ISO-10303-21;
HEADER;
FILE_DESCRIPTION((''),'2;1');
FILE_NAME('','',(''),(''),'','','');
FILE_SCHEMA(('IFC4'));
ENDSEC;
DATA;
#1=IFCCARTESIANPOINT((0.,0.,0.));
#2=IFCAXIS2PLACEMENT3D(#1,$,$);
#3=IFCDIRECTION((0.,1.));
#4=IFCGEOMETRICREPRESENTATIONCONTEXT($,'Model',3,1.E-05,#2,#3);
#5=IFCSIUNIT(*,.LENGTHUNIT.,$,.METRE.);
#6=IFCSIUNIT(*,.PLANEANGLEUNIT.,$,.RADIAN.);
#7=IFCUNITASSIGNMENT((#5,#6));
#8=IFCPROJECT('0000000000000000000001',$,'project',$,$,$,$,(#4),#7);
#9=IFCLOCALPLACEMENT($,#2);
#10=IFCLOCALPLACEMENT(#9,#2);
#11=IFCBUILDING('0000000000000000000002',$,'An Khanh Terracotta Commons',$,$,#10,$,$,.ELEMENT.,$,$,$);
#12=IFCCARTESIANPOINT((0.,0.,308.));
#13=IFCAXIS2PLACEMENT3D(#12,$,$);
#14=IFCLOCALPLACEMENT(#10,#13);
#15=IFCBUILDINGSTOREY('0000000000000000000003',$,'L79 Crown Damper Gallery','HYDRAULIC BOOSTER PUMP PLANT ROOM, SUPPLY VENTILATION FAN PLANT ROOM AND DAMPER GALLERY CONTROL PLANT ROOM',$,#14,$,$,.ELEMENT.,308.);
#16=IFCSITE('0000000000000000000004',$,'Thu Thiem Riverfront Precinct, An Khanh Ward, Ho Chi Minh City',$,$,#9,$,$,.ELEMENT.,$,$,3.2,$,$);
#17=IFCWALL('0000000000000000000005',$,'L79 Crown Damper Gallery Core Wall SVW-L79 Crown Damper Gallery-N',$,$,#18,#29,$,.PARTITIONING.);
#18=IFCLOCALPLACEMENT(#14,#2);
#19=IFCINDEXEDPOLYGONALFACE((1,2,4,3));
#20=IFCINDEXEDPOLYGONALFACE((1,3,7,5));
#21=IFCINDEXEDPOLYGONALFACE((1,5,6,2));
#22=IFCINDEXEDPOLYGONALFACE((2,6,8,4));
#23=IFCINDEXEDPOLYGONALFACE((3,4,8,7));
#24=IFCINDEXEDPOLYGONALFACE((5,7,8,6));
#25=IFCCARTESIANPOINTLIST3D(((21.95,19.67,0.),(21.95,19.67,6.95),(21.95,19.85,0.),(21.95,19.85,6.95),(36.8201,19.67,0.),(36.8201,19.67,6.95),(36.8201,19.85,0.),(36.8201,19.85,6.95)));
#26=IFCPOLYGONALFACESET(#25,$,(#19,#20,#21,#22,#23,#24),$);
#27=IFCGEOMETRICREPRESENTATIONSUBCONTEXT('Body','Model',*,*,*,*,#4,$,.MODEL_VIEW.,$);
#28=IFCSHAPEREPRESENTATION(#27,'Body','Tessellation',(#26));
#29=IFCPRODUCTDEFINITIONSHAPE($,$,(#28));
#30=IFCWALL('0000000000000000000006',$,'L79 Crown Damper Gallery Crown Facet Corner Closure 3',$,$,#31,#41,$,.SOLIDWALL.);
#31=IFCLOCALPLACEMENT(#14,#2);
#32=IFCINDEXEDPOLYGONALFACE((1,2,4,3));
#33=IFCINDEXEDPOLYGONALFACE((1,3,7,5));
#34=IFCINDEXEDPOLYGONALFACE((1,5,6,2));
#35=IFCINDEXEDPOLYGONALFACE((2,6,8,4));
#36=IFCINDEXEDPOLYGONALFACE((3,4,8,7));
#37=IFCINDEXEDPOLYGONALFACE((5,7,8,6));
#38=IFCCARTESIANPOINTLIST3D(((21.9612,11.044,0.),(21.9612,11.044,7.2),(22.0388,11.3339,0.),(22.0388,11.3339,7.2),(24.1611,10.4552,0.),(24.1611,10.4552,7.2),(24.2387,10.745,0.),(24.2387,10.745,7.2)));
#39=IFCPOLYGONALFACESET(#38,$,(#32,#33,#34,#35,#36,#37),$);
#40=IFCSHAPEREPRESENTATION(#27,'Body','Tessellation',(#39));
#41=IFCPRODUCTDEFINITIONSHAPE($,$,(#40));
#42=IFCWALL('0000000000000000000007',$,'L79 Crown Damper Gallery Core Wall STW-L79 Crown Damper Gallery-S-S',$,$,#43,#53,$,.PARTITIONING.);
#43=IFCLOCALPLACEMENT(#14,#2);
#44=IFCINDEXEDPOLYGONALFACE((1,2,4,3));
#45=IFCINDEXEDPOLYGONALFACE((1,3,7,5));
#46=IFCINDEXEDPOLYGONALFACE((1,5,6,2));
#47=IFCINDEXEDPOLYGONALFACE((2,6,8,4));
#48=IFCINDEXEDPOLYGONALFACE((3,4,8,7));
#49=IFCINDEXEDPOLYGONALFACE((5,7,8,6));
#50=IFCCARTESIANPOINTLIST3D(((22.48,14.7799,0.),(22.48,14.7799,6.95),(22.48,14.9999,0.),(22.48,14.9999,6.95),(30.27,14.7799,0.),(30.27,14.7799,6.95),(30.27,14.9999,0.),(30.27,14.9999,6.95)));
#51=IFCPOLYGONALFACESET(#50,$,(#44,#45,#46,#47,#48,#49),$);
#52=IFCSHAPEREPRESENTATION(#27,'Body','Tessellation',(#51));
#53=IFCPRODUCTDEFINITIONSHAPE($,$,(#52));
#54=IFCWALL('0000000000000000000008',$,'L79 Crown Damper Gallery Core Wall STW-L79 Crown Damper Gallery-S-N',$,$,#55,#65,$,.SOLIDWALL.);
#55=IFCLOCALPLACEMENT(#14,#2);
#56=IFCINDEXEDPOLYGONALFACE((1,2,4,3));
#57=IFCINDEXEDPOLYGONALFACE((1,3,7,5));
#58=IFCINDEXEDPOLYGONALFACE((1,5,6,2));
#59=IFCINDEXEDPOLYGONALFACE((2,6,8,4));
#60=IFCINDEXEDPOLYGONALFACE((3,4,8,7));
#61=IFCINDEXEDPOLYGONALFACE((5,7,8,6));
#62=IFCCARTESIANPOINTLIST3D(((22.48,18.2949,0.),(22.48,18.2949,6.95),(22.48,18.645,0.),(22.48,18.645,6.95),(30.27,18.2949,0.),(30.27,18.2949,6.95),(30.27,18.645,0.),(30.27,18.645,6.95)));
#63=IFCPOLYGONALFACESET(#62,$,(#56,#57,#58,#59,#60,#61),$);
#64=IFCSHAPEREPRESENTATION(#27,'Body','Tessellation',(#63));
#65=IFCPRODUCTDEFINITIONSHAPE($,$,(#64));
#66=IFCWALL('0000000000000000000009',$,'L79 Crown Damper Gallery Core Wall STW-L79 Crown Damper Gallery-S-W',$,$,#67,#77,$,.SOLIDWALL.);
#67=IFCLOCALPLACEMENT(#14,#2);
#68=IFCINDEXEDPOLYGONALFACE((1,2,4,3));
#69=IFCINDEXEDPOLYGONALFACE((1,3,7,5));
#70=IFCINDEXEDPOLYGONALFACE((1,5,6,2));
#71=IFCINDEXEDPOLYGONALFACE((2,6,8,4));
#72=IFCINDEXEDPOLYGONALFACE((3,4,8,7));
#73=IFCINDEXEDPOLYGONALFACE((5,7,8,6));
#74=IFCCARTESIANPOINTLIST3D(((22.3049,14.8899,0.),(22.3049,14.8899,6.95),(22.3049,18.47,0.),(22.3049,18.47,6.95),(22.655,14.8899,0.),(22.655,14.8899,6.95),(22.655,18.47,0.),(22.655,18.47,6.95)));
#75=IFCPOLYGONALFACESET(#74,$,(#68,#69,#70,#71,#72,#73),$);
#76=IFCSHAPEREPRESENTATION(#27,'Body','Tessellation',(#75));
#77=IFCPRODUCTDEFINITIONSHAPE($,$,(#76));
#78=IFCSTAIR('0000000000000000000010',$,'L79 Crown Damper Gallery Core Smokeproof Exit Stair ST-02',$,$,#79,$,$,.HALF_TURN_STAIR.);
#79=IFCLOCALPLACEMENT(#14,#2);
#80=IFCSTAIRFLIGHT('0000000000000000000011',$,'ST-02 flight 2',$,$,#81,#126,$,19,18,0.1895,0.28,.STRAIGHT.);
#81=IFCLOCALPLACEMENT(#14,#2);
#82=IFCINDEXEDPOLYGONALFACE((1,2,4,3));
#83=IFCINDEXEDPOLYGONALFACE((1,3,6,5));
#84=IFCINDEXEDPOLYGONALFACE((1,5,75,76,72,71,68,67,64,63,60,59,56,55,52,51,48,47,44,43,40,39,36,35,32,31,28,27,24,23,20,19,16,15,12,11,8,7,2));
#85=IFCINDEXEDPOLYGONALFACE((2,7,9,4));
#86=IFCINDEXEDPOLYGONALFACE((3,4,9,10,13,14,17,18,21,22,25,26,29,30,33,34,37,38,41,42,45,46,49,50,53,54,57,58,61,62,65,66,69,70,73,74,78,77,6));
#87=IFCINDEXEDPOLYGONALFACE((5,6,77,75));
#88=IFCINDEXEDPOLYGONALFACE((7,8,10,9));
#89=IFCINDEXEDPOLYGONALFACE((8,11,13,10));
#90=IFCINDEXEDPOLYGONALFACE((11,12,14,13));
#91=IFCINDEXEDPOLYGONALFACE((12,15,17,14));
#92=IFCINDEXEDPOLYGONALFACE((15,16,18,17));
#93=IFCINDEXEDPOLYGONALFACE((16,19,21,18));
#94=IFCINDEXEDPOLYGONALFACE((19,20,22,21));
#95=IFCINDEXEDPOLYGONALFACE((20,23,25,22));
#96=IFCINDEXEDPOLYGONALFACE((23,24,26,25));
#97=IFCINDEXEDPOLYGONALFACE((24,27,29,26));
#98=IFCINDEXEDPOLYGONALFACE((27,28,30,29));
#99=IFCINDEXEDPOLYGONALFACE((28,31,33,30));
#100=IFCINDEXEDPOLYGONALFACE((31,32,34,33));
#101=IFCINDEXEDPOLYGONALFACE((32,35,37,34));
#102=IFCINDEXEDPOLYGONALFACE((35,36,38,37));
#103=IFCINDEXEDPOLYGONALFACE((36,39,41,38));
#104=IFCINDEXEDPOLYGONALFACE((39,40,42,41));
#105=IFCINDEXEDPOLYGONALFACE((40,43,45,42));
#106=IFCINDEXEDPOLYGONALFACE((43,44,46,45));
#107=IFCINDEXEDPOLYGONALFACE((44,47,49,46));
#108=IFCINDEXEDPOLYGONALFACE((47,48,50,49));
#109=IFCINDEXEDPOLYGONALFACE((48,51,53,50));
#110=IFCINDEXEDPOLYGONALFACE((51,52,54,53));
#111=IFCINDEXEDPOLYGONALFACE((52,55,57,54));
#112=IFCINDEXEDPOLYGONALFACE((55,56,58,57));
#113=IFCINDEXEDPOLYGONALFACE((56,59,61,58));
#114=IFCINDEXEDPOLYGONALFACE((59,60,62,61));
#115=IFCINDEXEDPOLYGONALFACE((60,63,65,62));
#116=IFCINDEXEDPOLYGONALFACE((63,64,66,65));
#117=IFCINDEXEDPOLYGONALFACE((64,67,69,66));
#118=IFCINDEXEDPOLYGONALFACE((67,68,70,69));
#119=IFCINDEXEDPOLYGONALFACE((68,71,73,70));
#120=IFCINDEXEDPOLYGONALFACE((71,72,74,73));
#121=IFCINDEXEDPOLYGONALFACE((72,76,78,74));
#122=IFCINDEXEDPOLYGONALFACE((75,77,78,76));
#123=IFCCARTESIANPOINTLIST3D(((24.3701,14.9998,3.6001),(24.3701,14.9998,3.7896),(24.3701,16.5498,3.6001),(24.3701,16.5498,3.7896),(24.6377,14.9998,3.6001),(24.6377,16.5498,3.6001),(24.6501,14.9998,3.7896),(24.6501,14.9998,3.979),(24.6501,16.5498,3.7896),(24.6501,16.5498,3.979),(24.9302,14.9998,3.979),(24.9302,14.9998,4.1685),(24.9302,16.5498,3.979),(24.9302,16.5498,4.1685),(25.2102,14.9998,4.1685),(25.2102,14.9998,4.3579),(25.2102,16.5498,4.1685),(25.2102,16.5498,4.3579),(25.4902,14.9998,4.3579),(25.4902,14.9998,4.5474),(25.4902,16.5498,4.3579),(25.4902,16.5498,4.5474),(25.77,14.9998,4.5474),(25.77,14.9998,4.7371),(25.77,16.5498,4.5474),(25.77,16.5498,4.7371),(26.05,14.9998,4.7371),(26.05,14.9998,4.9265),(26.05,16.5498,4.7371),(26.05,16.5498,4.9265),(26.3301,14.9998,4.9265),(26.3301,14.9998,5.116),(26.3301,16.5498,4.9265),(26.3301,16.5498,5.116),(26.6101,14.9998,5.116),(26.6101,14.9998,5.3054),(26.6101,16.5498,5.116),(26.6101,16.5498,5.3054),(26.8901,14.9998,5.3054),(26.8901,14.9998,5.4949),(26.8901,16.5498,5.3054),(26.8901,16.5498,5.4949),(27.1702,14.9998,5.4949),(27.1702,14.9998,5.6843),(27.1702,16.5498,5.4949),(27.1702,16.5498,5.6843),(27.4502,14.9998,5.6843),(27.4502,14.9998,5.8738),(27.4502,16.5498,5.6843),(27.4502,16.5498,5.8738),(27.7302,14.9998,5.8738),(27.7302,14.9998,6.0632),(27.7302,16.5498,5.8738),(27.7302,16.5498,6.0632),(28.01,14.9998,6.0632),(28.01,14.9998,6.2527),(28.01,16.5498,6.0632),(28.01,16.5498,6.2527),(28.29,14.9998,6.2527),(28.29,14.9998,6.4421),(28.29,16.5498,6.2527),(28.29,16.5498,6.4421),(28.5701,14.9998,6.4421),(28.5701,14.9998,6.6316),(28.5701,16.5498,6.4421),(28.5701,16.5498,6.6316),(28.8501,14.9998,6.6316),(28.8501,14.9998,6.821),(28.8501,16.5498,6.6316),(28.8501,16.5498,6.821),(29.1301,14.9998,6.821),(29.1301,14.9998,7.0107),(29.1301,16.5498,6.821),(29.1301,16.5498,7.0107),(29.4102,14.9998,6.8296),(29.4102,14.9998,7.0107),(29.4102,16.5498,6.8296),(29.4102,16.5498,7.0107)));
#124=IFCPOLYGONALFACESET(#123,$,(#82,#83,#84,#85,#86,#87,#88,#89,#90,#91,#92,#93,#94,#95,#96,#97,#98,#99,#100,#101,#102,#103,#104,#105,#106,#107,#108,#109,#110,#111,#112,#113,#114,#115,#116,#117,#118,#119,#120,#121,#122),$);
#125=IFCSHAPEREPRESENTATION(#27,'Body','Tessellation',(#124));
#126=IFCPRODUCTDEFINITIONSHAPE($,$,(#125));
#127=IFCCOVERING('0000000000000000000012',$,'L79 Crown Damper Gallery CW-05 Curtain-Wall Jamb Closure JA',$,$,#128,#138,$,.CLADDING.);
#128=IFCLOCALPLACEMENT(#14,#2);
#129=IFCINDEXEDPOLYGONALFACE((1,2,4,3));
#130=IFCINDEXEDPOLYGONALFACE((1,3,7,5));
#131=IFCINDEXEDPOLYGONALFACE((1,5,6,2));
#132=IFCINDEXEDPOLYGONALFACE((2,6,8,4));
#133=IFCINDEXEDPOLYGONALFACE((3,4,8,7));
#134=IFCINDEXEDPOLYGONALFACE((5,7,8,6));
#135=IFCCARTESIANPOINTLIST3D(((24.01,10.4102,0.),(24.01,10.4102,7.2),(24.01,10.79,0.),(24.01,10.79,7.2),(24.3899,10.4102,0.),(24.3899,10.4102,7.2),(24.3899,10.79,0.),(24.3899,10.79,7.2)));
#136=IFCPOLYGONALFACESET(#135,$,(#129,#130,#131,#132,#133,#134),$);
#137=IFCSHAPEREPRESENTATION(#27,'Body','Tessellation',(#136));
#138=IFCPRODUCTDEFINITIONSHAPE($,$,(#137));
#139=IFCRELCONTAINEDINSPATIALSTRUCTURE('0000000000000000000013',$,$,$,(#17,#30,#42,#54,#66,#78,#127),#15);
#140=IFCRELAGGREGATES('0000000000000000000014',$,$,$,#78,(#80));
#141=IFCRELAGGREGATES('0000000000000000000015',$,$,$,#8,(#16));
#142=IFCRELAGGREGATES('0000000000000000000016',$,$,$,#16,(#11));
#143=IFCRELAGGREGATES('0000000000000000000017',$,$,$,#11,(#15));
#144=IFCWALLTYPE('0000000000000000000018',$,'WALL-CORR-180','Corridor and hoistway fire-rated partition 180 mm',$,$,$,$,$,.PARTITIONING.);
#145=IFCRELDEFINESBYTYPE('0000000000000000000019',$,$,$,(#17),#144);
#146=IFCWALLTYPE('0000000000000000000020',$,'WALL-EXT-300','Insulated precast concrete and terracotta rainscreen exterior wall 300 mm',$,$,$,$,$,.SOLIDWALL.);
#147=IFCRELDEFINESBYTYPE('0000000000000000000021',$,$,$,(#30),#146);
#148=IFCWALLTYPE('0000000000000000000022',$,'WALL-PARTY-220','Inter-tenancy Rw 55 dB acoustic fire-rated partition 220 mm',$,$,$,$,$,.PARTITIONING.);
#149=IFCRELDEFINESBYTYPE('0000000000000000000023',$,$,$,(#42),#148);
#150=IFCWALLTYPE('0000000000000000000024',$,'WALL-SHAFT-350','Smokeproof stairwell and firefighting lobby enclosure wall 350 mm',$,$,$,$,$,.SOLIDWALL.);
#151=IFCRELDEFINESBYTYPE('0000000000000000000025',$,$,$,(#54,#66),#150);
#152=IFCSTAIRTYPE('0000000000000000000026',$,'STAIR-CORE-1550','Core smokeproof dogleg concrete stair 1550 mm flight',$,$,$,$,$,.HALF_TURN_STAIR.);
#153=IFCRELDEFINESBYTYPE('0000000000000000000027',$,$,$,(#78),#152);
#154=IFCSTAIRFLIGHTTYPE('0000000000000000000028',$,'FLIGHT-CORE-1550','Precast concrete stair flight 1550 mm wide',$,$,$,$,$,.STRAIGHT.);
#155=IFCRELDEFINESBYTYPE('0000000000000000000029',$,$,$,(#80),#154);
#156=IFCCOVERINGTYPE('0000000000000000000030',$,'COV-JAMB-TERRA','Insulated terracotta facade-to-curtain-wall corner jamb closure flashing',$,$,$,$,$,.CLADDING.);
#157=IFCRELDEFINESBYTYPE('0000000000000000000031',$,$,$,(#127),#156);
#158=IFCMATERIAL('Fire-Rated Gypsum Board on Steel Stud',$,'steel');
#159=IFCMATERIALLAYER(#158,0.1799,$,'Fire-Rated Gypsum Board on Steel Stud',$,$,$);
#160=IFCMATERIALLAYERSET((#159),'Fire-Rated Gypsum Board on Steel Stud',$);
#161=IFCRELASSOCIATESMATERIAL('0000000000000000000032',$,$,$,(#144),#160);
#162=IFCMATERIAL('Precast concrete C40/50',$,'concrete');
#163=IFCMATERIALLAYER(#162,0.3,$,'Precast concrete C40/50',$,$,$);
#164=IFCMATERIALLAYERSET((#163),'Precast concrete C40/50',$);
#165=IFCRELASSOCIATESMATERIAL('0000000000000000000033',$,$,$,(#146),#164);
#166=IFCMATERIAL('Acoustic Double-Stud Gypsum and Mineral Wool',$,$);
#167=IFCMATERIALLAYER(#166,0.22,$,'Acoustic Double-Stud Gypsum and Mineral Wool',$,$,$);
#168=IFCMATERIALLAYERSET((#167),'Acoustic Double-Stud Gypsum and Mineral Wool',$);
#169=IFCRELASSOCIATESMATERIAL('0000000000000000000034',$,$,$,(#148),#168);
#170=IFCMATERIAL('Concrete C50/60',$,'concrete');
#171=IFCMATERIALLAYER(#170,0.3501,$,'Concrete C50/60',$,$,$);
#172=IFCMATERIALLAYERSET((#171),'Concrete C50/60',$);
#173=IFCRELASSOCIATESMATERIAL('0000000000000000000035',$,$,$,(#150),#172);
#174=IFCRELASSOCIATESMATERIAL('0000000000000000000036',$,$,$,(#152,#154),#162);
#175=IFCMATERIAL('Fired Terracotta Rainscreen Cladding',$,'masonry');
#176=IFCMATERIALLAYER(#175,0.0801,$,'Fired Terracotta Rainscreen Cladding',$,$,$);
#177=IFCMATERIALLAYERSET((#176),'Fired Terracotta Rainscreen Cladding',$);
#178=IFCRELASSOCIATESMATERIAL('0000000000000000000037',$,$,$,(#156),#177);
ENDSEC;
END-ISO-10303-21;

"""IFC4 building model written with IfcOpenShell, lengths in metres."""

from ifc_helpers import new_model, si_unit, direction, frame, frame_2d, origin, origin_2d, place, context, subcontext, project, spatial, polyline, rectangle, outline, extrude, material, layer, layer_set, type_object, element, aggregate, save


model = new_model("IFC4")

# Units and contexts
model_context = context("Model", 3, precision=1e-05, world=origin(), true_north=direction((0.0, 1.0)))
body_context = subcontext(model_context, "Body", "Model", "MODEL_VIEW")
ifc_project = project(units=[si_unit("LENGTHUNIT", "METRE"), si_unit("PLANEANGLEUNIT", "RADIAN")], contexts=[model_context])

# Site, building, storey
site_placement = place(None, origin())
site = spatial("IfcSite", under=ifc_project, at=site_placement, Name="Thu Thiem Riverfront Precinct, An Khanh Ward, Ho Chi Minh City", CompositionType="ELEMENT", RefElevation=3.2)
building_placement = place(site_placement, origin())
building = spatial("IfcBuilding", under=site, at=building_placement, Name="An Khanh Terracotta Commons", CompositionType="ELEMENT")
storey_placement = place(building_placement, frame((0.0, 0.0, 308.0)))
storey = spatial("IfcBuildingStorey", under=building, at=storey_placement, Name="L79 Crown Damper Gallery", Description="HYDRAULIC BOOSTER PUMP PLANT ROOM, SUPPLY VENTILATION FAN PLANT ROOM AND DAMPER GALLERY CONTROL PLANT ROOM", CompositionType="ELEMENT", Elevation=308.0)

# Walls
ifc_material_1 = material(Name="Concrete C50/60", Category="concrete")
ifc_material_2 = material(Name="Fire-Rated Gypsum Board on Steel Stud", Category="steel")
ifc_layer_1 = layer(ifc_material_2, 0.1799, Name="Fire-Rated Gypsum Board on Steel Stud")
ifc_layer_set_1 = layer_set([ifc_layer_1], Name="Fire-Rated Gypsum Board on Steel Stud")
wall_type_1 = type_object("IfcWallType", Name="WALL-CORR-180", Description="Corridor and hoistway fire-rated partition 180 mm", PredefinedType="PARTITIONING", material=ifc_layer_set_1)
wall_1_placement = place(storey_placement, frame((21.95, 19.76, 0.0), z_axis=(0.0, 0.0, 1.0), x_axis=(1.0, 0.0, 0.0)))
element("IfcWall", 1, at=wall_1_placement, inside=storey, type_object=wall_type_1, Name="L79 Crown Damper Gallery Core Wall SVW-L79 Crown Damper Gallery-N", PredefinedType="PARTITIONING", context=body_context, shape_type="SweptSolid", body=[
    extrude(rectangle(XDim=14.8701, YDim=0.1799, at=frame_2d((7.4351, 0.0))), origin(), (0.0, 0.0, 1.0), 6.95),
])
ifc_material_3 = material(Name="Precast concrete C40/50", Category="concrete")
ifc_layer_2 = layer(ifc_material_3, 0.3, Name="Precast concrete C40/50")
ifc_layer_set_2 = layer_set([ifc_layer_2], Name="Precast concrete C40/50")
wall_type_2 = type_object("IfcWallType", Name="WALL-EXT-300", Description="Insulated precast concrete and terracotta rainscreen exterior wall 300 mm", PredefinedType="SOLIDWALL", material=ifc_layer_set_2)
wall_2_placement = place(storey_placement, frame((22.0, 11.189, 0.0), z_axis=(0.0, 0.0, 1.0), x_axis=(0.965993, -0.25857, 0.0)))
element("IfcWall", 2, at=wall_2_placement, inside=storey, type_object=wall_type_2, Name="L79 Crown Damper Gallery Crown Facet Corner Closure 3", PredefinedType="SOLIDWALL", context=body_context, shape_type="SweptSolid", body=[
    extrude(rectangle(XDim=2.2773, YDim=0.3, at=frame_2d((1.1387, 0.0))), origin(), (0.0, 0.0, 1.0), 7.2),
])
ifc_material_4 = material(Name="Acoustic Double-Stud Gypsum and Mineral Wool")
ifc_layer_3 = layer(ifc_material_4, 0.22, Name="Acoustic Double-Stud Gypsum and Mineral Wool")
ifc_layer_set_3 = layer_set([ifc_layer_3], Name="Acoustic Double-Stud Gypsum and Mineral Wool")
wall_type_3 = type_object("IfcWallType", Name="WALL-PARTY-220", Description="Inter-tenancy Rw 55 dB acoustic fire-rated partition 220 mm", PredefinedType="PARTITIONING", material=ifc_layer_set_3)
wall_3_placement = place(storey_placement, frame((22.48, 14.8899, 0.0), z_axis=(0.0, 0.0, 1.0), x_axis=(1.0, 0.0, 0.0)))
element("IfcWall", 3, at=wall_3_placement, inside=storey, type_object=wall_type_3, Name="L79 Crown Damper Gallery Core Wall STW-L79 Crown Damper Gallery-S-S", PredefinedType="PARTITIONING", context=body_context, shape_type="SweptSolid", body=[
    extrude(rectangle(XDim=7.79, YDim=0.22, at=frame_2d((3.895, 0.0))), origin(), (0.0, 0.0, 1.0), 6.95),
])
ifc_layer_4 = layer(ifc_material_1, 0.3501, Name="Concrete C50/60")
ifc_layer_set_4 = layer_set([ifc_layer_4], Name="Concrete C50/60")
wall_type_4 = type_object("IfcWallType", Name="WALL-SHAFT-350", Description="Smokeproof stairwell and firefighting lobby enclosure wall 350 mm", PredefinedType="SOLIDWALL", material=ifc_layer_set_4)
wall_4_placement = place(storey_placement, frame((22.48, 18.47, 0.0), z_axis=(0.0, 0.0, 1.0), x_axis=(1.0, 0.0, 0.0)))
element("IfcWall", 4, at=wall_4_placement, inside=storey, type_object=wall_type_4, Name="L79 Crown Damper Gallery Core Wall STW-L79 Crown Damper Gallery-S-N", PredefinedType="SOLIDWALL", context=body_context, shape_type="SweptSolid", body=[
    extrude(rectangle(XDim=7.79, YDim=0.3501, at=frame_2d((3.895, 0.0))), origin(), (0.0, 0.0, 1.0), 6.95),
])
wall_5_placement = place(storey_placement, frame((22.48, 14.8899, 0.0), z_axis=(0.0, 0.0, 1.0), x_axis=(0.0, 1.0, 0.0)))
element("IfcWall", 5, at=wall_5_placement, inside=storey, type_object=wall_type_4, Name="L79 Crown Damper Gallery Core Wall STW-L79 Crown Damper Gallery-S-W", PredefinedType="SOLIDWALL", context=body_context, shape_type="SweptSolid", body=[
    extrude(rectangle(XDim=3.5801, YDim=0.3501, at=frame_2d((1.79, 0.0))), origin(), (0.0, 0.0, 1.0), 6.95),
])

# Stair, stair flight
stair_type = type_object("IfcStairType", Name="STAIR-CORE-1550", Description="Core smokeproof dogleg concrete stair 1550 mm flight", PredefinedType="HALF_TURN_STAIR", material=ifc_material_3)
stair_placement = place(storey_placement, origin())
stair = element("IfcStair", 6, at=stair_placement, inside=storey, type_object=stair_type, Name="L79 Crown Damper Gallery Core Smokeproof Exit Stair ST-02", PredefinedType="HALF_TURN_STAIR")
stair_flight_type = type_object("IfcStairFlightType", Name="FLIGHT-CORE-1550", Description="Precast concrete stair flight 1550 mm wide", PredefinedType="STRAIGHT", material=ifc_material_3)
stair_flight_placement = place(storey_placement, frame((24.3701, 15.7749, 3.6001), z_axis=(0.0, 0.0, 1.0), x_axis=(1.0, 0.0, 0.0)))
stair_flight = element("IfcStairFlight", 7, at=stair_flight_placement, type_object=stair_flight_type, Name="ST-02 flight 2", NumberOfRisers=19, NumberOfTreads=18, PredefinedType="STRAIGHT", RiserHeight=0.1895, TreadLength=0.28, context=body_context, shape_type="SweptSolid", body=[
    extrude(outline(polyline([(0.0, 0.0), (0.0, 0.1895), (0.28, 0.1895), (0.28, 0.3789), (0.5601, 0.3789), (0.5601, 0.5684), (0.8401, 0.5684), (0.8401, 0.7578), (1.1201, 0.7578), (1.1201, 0.9473), (1.3999, 0.9473), (1.3999, 1.137), (1.6799, 1.137), (1.6799, 1.3264), (1.96, 1.3264), (1.96, 1.5159), (2.24, 1.5159), (2.24, 1.7053), (2.52, 1.7053), (2.52, 1.8948), (2.8, 1.8948), (2.8, 2.0842), (3.0801, 2.0842), (3.0801, 2.2737), (3.3601, 2.2737), (3.3601, 2.4631), (3.6399, 2.4631), (3.6399, 2.6526), (3.9199, 2.6526), (3.9199, 2.842), (4.2, 2.842), (4.2, 3.0315), (4.48, 3.0315), (4.48, 3.2209), (4.76, 3.2209), (4.76, 3.4106), (5.04, 3.4106), (5.04, 3.6001), (5.04, 3.2295), (0.2676, 0.0), (0.0, 0.0)])), frame((0.0, 0.7749, 0.0), z_axis=(0.0, -1.0, 0.0), x_axis=(1.0, 0.0, 0.0)), (0.0, 0.0, 1.0), 1.55),
])
aggregate(stair, [stair_flight])

# Covering
ifc_material_5 = material(Name="Fired Terracotta Rainscreen Cladding", Category="masonry")
ifc_layer_5 = layer(ifc_material_5, 0.0801, Name="Fired Terracotta Rainscreen Cladding")
ifc_layer_set_5 = layer_set([ifc_layer_5], Name="Fired Terracotta Rainscreen Cladding")
covering_type = type_object("IfcCoveringType", Name="COV-JAMB-TERRA", Description="Insulated terracotta facade-to-curtain-wall corner jamb closure flashing", PredefinedType="CLADDING", material=ifc_layer_set_5)
covering_placement = place(storey_placement, frame((24.2, 10.6001, 0.0), z_axis=(0.0, 0.0, 1.0), x_axis=(1.0, 0.0, 0.0)))
element("IfcCovering", 8, at=covering_placement, inside=storey, type_object=covering_type, Name="L79 Crown Damper Gallery CW-05 Curtain-Wall Jamb Closure JA", PredefinedType="CLADDING", context=body_context, shape_type="SweptSolid", body=[
    extrude(rectangle(XDim=0.3799, YDim=0.3799, at=origin_2d()), origin(), (0.0, 0.0, 1.0), 7.2),
])

save(model, "model.ifc")
